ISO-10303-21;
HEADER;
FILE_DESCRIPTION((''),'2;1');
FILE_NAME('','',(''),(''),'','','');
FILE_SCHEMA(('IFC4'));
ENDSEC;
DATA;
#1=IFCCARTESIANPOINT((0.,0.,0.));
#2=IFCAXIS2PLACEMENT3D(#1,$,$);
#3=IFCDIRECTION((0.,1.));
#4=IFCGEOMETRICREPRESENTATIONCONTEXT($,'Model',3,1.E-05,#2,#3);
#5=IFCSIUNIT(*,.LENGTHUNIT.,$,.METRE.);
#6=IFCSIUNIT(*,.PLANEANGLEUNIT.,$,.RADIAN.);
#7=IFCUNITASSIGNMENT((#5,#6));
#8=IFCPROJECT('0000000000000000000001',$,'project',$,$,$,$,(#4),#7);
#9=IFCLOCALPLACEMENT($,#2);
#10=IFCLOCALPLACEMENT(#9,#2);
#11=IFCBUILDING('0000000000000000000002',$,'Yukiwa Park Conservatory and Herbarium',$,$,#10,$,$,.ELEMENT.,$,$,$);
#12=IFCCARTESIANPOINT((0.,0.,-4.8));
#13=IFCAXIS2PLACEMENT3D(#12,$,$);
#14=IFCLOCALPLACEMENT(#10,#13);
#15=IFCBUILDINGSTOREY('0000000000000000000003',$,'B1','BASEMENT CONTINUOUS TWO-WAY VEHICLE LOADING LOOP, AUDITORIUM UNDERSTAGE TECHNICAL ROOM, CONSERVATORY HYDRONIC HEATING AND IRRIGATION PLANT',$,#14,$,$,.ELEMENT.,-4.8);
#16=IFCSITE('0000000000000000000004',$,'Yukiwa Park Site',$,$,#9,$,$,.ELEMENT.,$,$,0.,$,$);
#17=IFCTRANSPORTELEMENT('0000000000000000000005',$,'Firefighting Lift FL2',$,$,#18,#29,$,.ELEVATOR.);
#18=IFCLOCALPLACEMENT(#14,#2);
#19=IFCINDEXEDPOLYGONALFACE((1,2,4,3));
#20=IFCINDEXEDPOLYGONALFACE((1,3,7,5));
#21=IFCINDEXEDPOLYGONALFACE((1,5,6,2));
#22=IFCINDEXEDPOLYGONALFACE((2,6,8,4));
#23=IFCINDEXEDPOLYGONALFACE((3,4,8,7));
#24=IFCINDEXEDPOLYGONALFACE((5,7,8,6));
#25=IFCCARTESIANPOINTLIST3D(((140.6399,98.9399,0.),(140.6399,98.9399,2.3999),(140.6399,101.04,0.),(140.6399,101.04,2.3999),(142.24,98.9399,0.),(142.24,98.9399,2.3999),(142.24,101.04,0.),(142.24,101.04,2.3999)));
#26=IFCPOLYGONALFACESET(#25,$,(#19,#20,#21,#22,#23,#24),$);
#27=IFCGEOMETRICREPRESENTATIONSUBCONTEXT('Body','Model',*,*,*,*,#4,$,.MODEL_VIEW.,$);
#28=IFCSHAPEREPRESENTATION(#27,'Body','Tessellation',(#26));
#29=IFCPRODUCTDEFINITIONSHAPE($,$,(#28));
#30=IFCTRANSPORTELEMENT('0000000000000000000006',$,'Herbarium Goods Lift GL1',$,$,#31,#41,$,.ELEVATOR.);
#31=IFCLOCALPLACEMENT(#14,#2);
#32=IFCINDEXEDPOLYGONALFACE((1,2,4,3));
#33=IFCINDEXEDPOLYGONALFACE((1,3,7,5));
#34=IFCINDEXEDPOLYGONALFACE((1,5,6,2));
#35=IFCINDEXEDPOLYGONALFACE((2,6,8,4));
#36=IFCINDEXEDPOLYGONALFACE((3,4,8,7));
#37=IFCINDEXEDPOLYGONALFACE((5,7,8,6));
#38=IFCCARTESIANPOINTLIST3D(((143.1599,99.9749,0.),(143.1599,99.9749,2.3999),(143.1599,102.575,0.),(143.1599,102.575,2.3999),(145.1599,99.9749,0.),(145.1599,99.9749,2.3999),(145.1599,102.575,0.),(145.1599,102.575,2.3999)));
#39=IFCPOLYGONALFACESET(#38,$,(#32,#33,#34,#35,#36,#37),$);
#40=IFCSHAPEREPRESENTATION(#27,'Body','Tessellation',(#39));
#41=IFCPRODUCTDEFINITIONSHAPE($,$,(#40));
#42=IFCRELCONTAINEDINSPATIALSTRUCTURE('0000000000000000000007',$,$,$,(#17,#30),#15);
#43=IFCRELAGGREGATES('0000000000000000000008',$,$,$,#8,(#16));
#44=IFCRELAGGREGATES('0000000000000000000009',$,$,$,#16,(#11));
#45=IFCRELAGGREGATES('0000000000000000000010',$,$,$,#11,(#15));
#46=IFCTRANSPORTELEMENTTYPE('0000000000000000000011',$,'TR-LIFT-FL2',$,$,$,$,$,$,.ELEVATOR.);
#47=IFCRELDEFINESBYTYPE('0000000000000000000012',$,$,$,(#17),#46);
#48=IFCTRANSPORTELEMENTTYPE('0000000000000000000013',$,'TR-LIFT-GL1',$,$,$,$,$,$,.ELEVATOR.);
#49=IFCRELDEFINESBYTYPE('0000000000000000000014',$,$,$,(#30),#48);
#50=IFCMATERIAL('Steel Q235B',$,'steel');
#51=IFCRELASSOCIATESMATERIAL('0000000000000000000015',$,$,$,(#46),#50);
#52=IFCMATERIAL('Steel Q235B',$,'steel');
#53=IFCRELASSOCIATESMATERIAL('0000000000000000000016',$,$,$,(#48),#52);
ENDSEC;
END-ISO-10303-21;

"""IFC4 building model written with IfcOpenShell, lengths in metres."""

from ifc_helpers import new_model, si_unit, direction, frame, origin, origin_2d, place, context, subcontext, project, spatial, rectangle, extrude, material, type_object, element, save


model = new_model("IFC4")

# Units and contexts
model_context = context("Model", 3, precision=1e-05, world=origin(), true_north=direction((0.0, 1.0)))
body_context = subcontext(model_context, "Body", "Model", "MODEL_VIEW")
ifc_project = project(units=[si_unit("LENGTHUNIT", "METRE"), si_unit("PLANEANGLEUNIT", "RADIAN")], contexts=[model_context])

# Site, building, storey
site_placement = place(None, origin())
site = spatial("IfcSite", under=ifc_project, at=site_placement, Name="Yukiwa Park Site", CompositionType="ELEMENT", RefElevation=0.0)
building_placement = place(site_placement, origin())
building = spatial("IfcBuilding", under=site, at=building_placement, Name="Yukiwa Park Conservatory and Herbarium", CompositionType="ELEMENT")
storey_placement = place(building_placement, frame((0.0, 0.0, -4.8)))
storey = spatial("IfcBuildingStorey", under=building, at=storey_placement, Name="B1", Description="BASEMENT CONTINUOUS TWO-WAY VEHICLE LOADING LOOP, AUDITORIUM UNDERSTAGE TECHNICAL ROOM, CONSERVATORY HYDRONIC HEATING AND IRRIGATION PLANT", CompositionType="ELEMENT", Elevation=-4.8)

# Transport elements
ifc_material_1 = material(Name="Steel Q235B", Category="steel")
transport_element_type_1 = type_object("IfcTransportElementType", Name="TR-LIFT-FL2", PredefinedType="ELEVATOR", material=ifc_material_1)
transport_element_1_placement = place(storey_placement, frame((141.4399, 99.99, 0.0), z_axis=(0.0, 0.0, 1.0), x_axis=(1.0, 0.0, 0.0)))
element("IfcTransportElement", 1, at=transport_element_1_placement, inside=storey, type_object=transport_element_type_1, Name="Firefighting Lift FL2", PredefinedType="ELEVATOR", context=body_context, shape_type="SweptSolid", body=[
    extrude(rectangle(XDim=1.6001, YDim=2.1001, at=origin_2d()), origin(), (0.0, 0.0, 1.0), 2.3999),
])
ifc_material_2 = material(Name="Steel Q235B", Category="steel")
transport_element_type_2 = type_object("IfcTransportElementType", Name="TR-LIFT-GL1", PredefinedType="ELEVATOR", material=ifc_material_2)
transport_element_2_placement = place(storey_placement, frame((144.1599, 101.2749, 0.0), z_axis=(0.0, 0.0, 1.0), x_axis=(1.0, 0.0, 0.0)))
element("IfcTransportElement", 2, at=transport_element_2_placement, inside=storey, type_object=transport_element_type_2, Name="Herbarium Goods Lift GL1", PredefinedType="ELEVATOR", context=body_context, shape_type="SweptSolid", body=[
    extrude(rectangle(XDim=2.0, YDim=2.6001, at=origin_2d()), origin(), (0.0, 0.0, 1.0), 2.3999),
])

save(model, "model.ifc")
